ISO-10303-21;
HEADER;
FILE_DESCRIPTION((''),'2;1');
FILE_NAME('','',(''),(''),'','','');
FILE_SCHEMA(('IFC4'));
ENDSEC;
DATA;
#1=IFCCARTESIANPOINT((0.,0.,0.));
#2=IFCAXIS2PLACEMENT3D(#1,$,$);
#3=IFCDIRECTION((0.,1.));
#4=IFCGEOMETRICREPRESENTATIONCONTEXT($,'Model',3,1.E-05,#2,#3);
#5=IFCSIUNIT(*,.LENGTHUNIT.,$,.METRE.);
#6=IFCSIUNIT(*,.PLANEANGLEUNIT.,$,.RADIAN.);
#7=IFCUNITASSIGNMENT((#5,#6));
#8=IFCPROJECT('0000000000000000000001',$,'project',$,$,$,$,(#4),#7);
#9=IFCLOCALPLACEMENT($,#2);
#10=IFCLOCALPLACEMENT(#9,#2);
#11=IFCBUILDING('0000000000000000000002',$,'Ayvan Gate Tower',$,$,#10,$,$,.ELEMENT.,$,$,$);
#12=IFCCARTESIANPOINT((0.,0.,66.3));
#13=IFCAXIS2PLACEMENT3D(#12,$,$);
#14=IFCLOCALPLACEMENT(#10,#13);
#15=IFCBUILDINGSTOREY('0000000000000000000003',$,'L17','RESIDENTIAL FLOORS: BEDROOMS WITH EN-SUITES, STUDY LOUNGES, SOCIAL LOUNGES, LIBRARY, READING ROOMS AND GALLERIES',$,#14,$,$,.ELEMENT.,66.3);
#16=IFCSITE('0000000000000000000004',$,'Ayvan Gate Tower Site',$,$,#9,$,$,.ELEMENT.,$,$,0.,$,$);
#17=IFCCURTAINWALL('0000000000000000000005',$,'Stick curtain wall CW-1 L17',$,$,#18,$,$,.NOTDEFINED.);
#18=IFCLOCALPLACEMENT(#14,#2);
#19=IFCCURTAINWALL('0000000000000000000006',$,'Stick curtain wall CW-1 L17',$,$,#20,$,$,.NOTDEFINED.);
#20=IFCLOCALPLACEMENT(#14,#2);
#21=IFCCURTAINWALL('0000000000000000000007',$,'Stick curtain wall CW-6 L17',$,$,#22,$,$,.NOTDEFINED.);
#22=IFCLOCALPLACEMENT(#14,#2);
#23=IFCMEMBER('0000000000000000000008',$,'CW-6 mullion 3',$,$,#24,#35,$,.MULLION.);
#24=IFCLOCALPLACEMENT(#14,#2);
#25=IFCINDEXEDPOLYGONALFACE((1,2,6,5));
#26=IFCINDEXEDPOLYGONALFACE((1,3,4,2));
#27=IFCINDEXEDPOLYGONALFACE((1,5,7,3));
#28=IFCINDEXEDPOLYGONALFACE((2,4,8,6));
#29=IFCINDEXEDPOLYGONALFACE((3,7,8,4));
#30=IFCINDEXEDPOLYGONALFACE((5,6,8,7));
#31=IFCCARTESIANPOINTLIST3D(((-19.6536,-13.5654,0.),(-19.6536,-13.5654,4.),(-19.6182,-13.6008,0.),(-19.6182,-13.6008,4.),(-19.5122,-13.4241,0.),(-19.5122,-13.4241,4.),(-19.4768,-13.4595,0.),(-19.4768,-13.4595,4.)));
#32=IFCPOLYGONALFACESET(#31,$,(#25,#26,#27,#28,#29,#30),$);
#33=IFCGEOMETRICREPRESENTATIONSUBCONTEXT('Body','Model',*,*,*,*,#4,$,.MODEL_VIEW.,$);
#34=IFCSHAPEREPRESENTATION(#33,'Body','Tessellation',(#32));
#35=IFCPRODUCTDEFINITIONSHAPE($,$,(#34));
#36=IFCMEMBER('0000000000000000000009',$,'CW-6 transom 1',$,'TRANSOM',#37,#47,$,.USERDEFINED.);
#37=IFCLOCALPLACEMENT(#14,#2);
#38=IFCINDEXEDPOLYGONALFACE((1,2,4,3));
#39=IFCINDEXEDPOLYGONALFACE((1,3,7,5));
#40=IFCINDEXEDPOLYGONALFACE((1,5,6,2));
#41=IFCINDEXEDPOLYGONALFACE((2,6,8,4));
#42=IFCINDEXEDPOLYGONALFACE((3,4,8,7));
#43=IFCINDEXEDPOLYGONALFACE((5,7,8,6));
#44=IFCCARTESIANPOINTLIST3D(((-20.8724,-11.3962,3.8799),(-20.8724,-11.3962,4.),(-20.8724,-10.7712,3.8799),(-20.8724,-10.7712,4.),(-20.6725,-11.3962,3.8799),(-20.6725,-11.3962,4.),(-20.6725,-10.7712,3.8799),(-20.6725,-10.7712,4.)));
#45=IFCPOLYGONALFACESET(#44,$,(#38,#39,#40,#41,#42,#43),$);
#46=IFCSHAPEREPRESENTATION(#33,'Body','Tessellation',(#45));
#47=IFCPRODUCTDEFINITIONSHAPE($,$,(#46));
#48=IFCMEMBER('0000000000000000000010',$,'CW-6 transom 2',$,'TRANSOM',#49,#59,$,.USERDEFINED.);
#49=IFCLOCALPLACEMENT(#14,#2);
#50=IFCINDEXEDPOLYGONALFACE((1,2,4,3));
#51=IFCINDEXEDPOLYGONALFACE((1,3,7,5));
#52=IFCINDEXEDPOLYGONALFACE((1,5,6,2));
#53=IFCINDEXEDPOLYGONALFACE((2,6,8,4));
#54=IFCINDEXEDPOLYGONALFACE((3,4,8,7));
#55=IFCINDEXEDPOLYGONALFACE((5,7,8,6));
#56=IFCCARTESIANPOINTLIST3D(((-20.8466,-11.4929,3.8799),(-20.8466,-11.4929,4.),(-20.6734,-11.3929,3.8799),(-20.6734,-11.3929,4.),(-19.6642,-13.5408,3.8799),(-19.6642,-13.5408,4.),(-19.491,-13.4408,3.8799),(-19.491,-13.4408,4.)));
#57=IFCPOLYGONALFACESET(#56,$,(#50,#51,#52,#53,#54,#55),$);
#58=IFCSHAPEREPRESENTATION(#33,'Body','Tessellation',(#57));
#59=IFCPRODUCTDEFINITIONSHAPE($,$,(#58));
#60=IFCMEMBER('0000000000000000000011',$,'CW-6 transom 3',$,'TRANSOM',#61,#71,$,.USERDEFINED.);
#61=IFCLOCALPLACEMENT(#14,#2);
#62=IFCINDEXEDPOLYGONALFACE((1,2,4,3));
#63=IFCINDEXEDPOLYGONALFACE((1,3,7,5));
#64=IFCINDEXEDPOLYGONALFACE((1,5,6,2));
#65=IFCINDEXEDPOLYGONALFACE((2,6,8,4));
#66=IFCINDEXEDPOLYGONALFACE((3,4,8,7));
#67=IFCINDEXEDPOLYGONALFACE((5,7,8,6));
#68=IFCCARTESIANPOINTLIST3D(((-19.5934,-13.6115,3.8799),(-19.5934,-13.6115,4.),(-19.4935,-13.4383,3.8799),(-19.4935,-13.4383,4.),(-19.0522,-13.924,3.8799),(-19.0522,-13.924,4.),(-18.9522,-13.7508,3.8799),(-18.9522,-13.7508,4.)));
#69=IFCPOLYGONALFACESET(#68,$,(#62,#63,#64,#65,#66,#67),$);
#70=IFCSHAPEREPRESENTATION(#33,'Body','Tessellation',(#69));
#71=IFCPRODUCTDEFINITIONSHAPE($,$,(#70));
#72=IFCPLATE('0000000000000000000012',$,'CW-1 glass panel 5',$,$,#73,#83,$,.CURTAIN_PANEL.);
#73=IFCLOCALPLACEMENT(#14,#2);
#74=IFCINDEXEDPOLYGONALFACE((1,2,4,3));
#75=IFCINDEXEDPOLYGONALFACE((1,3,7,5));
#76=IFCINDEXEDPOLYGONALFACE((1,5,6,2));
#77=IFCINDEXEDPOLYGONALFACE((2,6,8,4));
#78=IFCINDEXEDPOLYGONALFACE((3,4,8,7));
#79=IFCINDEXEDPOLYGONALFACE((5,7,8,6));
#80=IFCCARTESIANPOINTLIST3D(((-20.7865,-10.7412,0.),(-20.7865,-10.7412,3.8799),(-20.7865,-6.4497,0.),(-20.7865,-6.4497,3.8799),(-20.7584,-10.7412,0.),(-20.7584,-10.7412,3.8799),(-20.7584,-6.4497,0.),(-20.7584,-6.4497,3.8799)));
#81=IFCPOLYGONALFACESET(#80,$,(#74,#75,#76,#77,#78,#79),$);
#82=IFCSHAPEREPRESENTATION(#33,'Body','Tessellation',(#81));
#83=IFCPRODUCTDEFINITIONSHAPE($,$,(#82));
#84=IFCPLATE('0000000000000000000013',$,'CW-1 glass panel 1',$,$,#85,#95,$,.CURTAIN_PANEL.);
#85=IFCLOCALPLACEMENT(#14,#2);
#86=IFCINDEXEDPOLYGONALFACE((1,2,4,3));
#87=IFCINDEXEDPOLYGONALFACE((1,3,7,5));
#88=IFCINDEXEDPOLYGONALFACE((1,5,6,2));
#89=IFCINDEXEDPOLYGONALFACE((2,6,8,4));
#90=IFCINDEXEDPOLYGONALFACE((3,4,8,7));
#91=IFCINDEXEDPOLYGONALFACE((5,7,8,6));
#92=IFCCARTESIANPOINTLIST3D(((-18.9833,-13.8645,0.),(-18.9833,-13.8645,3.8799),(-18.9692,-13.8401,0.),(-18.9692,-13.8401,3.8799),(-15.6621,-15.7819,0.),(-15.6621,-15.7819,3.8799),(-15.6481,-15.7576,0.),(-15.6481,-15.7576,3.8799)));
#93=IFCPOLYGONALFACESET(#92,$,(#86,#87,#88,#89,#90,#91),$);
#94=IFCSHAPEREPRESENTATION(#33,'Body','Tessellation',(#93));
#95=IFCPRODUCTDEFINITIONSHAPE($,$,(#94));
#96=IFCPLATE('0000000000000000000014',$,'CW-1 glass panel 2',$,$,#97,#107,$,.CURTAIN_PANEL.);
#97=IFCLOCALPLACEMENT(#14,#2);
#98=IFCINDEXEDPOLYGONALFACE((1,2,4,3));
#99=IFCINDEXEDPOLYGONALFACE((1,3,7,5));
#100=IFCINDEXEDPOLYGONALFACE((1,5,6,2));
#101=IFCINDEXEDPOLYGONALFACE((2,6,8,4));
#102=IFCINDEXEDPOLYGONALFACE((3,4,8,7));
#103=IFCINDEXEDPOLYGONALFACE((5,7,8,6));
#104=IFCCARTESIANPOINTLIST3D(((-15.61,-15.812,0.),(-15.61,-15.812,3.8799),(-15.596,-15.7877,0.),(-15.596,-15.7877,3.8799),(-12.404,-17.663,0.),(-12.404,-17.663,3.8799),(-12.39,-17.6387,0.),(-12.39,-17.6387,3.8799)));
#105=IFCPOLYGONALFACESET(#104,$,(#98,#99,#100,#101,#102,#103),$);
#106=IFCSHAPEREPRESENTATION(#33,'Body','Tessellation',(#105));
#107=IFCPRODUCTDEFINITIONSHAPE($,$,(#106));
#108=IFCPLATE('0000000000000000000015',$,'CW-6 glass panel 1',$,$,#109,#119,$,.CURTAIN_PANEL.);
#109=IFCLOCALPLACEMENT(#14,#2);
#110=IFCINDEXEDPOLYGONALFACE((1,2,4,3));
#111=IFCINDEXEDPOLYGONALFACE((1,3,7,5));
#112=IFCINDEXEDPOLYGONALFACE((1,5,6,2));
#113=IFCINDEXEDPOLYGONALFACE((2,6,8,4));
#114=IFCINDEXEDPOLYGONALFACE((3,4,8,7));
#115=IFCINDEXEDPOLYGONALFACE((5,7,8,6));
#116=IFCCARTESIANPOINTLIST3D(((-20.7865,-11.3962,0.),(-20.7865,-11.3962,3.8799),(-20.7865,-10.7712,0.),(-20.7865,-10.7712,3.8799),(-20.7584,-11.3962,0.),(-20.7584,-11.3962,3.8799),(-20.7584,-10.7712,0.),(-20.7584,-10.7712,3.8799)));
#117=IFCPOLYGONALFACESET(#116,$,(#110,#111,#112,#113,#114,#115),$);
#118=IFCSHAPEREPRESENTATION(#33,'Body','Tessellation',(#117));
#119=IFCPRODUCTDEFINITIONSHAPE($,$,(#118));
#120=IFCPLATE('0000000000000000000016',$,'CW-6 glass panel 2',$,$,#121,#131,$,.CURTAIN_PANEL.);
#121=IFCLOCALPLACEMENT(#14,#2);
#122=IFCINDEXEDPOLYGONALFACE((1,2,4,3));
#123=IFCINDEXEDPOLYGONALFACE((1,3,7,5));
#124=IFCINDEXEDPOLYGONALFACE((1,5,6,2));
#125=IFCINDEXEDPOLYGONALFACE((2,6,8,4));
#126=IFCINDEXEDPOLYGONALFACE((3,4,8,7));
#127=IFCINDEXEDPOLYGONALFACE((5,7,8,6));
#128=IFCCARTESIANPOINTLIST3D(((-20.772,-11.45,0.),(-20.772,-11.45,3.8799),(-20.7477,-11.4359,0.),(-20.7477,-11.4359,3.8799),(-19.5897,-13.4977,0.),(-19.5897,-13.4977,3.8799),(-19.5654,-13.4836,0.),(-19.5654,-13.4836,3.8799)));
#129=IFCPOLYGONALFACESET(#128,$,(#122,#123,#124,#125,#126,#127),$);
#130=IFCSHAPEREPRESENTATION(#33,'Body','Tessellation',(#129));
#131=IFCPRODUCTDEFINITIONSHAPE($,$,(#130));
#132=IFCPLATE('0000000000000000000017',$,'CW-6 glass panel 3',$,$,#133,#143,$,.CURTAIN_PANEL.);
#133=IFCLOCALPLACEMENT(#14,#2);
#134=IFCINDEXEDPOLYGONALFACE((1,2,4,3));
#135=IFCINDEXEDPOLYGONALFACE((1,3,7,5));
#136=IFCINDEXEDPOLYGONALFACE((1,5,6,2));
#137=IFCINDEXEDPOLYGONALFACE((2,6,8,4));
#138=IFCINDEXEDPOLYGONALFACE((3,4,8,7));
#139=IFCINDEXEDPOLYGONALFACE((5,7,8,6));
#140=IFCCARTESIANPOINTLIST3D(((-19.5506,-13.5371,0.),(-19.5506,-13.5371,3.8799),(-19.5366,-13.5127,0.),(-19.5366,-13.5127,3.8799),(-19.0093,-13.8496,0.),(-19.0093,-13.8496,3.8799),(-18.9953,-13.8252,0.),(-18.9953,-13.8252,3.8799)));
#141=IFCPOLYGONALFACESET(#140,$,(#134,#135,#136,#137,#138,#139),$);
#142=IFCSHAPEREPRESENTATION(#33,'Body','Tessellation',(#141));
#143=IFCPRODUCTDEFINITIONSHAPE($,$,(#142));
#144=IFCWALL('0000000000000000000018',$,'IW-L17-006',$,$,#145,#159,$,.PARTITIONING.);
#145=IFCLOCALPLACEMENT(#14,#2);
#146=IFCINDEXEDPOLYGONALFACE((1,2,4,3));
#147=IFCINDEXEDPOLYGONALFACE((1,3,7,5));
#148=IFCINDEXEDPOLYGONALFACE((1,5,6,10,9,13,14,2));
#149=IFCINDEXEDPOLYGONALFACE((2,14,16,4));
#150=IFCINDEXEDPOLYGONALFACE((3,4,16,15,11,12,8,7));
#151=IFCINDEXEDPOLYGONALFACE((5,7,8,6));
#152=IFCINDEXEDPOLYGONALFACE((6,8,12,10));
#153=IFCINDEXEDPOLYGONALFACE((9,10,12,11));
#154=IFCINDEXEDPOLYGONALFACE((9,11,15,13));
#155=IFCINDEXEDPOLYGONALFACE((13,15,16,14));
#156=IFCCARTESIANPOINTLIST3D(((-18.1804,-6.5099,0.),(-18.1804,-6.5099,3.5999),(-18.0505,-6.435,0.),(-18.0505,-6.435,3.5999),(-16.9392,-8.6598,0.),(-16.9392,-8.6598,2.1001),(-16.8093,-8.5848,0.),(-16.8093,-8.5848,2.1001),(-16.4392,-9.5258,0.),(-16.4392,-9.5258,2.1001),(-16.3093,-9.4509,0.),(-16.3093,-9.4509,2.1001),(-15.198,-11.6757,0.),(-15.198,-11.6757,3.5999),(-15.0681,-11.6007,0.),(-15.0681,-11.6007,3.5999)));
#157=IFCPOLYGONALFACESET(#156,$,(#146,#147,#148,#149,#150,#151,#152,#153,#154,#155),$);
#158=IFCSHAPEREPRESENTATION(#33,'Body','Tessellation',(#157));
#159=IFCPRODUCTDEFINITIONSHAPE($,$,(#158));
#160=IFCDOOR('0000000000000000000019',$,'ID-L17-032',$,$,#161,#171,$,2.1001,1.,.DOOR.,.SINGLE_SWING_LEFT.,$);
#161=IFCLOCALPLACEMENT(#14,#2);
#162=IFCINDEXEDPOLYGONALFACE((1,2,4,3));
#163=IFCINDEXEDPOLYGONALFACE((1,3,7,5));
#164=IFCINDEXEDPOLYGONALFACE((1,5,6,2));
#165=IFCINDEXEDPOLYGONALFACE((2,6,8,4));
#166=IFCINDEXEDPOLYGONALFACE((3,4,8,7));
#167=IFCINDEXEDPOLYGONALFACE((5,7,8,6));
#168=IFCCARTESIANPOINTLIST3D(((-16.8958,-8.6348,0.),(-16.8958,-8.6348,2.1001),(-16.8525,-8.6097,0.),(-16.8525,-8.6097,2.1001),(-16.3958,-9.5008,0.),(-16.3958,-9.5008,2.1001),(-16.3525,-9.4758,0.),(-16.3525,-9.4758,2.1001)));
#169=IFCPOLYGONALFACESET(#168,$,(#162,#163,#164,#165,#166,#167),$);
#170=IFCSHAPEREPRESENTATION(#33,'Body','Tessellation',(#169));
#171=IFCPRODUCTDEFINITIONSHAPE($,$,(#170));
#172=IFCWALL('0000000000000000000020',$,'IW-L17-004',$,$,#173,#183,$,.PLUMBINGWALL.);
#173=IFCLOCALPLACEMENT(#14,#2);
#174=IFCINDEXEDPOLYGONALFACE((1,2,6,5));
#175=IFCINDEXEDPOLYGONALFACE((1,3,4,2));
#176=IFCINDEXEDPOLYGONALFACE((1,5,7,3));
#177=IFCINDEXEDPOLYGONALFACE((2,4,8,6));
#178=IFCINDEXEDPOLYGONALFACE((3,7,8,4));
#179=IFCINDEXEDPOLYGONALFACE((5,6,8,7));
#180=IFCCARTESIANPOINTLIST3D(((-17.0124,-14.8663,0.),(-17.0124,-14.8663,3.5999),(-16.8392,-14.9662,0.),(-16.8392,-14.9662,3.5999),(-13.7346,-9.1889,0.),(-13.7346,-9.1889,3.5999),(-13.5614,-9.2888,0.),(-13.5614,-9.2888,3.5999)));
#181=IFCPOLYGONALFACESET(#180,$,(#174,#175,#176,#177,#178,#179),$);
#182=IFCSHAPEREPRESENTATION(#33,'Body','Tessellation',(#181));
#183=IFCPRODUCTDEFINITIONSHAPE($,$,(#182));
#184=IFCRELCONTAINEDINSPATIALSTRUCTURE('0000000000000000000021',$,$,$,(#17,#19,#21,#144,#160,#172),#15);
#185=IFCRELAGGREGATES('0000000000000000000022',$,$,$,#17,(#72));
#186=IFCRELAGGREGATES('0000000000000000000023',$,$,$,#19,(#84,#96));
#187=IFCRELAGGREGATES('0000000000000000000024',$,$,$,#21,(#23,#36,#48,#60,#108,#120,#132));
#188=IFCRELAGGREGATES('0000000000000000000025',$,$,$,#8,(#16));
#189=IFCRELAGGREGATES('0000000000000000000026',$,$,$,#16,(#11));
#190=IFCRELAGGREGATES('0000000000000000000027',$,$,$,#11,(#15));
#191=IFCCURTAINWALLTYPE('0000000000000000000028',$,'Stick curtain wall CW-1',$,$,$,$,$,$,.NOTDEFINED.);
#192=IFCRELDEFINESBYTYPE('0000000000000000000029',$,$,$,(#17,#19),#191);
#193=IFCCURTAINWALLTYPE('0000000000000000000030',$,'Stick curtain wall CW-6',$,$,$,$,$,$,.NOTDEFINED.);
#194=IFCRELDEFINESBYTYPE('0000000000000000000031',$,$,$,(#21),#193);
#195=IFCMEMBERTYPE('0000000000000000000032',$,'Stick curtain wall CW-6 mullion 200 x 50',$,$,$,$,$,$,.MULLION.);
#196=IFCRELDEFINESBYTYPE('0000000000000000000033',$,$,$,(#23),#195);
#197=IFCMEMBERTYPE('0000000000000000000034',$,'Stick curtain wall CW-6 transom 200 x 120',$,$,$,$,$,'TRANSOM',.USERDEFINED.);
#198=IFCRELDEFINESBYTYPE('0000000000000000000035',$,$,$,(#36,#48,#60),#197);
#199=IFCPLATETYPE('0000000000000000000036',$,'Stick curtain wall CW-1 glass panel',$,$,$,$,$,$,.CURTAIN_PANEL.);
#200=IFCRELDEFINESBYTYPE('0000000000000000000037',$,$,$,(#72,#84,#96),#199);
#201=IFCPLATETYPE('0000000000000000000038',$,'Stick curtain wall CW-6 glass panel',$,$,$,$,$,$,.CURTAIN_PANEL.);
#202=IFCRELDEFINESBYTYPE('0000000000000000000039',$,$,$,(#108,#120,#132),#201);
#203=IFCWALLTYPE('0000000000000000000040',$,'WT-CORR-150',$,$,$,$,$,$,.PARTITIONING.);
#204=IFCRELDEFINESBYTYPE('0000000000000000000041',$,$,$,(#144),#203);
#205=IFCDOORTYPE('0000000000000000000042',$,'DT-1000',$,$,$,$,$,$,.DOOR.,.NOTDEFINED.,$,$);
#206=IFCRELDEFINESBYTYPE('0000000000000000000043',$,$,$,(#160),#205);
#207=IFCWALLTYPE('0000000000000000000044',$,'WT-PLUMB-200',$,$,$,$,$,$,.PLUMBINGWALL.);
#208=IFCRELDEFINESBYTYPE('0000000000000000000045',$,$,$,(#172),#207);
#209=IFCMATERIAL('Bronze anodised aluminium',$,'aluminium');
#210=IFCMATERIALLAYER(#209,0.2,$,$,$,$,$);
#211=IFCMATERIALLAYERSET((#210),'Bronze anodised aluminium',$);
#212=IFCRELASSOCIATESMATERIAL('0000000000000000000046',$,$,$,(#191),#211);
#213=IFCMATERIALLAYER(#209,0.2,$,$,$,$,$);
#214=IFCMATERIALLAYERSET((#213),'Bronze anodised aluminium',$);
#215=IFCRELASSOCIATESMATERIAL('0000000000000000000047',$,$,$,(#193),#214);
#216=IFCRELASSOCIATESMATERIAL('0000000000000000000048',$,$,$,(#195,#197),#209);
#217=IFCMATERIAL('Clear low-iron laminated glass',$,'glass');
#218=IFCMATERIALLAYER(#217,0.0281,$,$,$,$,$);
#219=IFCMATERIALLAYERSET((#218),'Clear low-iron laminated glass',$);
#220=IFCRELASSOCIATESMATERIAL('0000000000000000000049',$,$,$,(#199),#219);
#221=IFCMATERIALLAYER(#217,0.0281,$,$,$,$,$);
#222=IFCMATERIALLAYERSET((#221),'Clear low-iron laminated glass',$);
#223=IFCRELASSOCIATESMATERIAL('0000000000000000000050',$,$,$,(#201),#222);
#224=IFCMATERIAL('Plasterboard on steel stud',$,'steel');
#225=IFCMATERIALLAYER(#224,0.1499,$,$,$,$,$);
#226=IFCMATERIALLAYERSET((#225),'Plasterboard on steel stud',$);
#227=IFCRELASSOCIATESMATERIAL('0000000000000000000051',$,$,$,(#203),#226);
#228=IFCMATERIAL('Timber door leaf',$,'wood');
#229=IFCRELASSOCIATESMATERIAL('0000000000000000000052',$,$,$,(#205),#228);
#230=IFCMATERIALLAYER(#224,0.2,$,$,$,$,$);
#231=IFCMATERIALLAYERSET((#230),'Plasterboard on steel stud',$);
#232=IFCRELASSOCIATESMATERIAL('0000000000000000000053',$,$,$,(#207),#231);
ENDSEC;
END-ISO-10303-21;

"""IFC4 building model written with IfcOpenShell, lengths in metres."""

from ifc_helpers import new_model, si_unit, direction, frame, frame_2d, origin, origin_2d, place, context, subcontext, project, spatial, rectangle, extrude, material, layer, layer_set, material_profile, profile_set, type_object, element, fill, aggregate, save


model = new_model("IFC4")

# Units and contexts
model_context = context("Model", 3, precision=1e-05, world=origin(), true_north=direction((0.0, 1.0)))
body_context = subcontext(model_context, "Body", "Model", "MODEL_VIEW")
ifc_project = project(units=[si_unit("LENGTHUNIT", "METRE"), si_unit("PLANEANGLEUNIT", "RADIAN")], contexts=[model_context])

# Site, building, storey
site_placement = place(None, origin())
site = spatial("IfcSite", under=ifc_project, at=site_placement, Name="Ayvan Gate Tower Site", CompositionType="ELEMENT", RefElevation=0.0)
building_placement = place(site_placement, origin())
building = spatial("IfcBuilding", under=site, at=building_placement, Name="Ayvan Gate Tower", CompositionType="ELEMENT")
storey_placement = place(building_placement, frame((0.0, 0.0, 66.3)))
storey = spatial("IfcBuildingStorey", under=building, at=storey_placement, Name="L17", Description="RESIDENTIAL FLOORS: BEDROOMS WITH EN-SUITES, STUDY LOUNGES, SOCIAL LOUNGES, LIBRARY, READING ROOMS AND GALLERIES", CompositionType="ELEMENT", Elevation=66.3)

# Curtain wall
ifc_material_1 = material(Name="Bronze anodised aluminium", Category="aluminium")
ifc_layer_1 = layer(ifc_material_1, 0.2)
ifc_layer_set_1 = layer_set([ifc_layer_1], Name="Bronze anodised aluminium")
curtain_wall_type_1 = type_object("IfcCurtainWallType", Name="Stick curtain wall CW-1", PredefinedType="NOTDEFINED", material=ifc_layer_set_1)
curtain_wall_1_placement = place(storey_placement, origin())
curtain_wall_1 = element("IfcCurtainWall", 1, at=curtain_wall_1_placement, inside=storey, type_object=curtain_wall_type_1, Name="Stick curtain wall CW-1 L17", PredefinedType="NOTDEFINED")

# Curtain walls, members
curtain_wall_2_placement = place(storey_placement, origin())
curtain_wall_2 = element("IfcCurtainWall", 2, at=curtain_wall_2_placement, inside=storey, type_object=curtain_wall_type_1, Name="Stick curtain wall CW-1 L17", PredefinedType="NOTDEFINED")
ifc_layer_2 = layer(ifc_material_1, 0.2)
ifc_layer_set_2 = layer_set([ifc_layer_2], Name="Bronze anodised aluminium")
curtain_wall_type_2 = type_object("IfcCurtainWallType", Name="Stick curtain wall CW-6", PredefinedType="NOTDEFINED", material=ifc_layer_set_2)
curtain_wall_3_placement = place(storey_placement, origin())
curtain_wall_3 = element("IfcCurtainWall", 3, at=curtain_wall_3_placement, inside=storey, type_object=curtain_wall_type_2, Name="Stick curtain wall CW-6 L17", PredefinedType="NOTDEFINED")
ifc_material_profile_1 = material_profile(ifc_material_1, rectangle(XDim=0.2, YDim=0.05, at=origin_2d()), Name="Stick curtain wall CW-6 mullion 200 x 50")
ifc_profile_set_1 = profile_set([ifc_material_profile_1], Name="Bronze anodised aluminium")
member_type_1 = type_object("IfcMemberType", Name="Stick curtain wall CW-6 mullion 200 x 50", PredefinedType="MULLION", material=ifc_profile_set_1)
member_1_placement = place(storey_placement, frame((-19.5652, -13.5125, 0.0), z_axis=(0.0, 0.0, 1.0), x_axis=(-0.707107, -0.707107, 0.0)))
member_1 = element("IfcMember", 4, at=member_1_placement, type_object=member_type_1, Name="CW-6 mullion 3", PredefinedType="MULLION", context=body_context, shape_type="SweptSolid", body=[
    extrude(rectangle(XDim=0.2, YDim=0.05, at=origin_2d()), origin(), (0.0, 0.0, 1.0), 4.0),
])
ifc_material_profile_2 = material_profile(ifc_material_1, rectangle(XDim=0.2, YDim=0.1201, at=origin_2d()), Name="Stick curtain wall CW-6 transom 200 x 120")
ifc_profile_set_2 = profile_set([ifc_material_profile_2], Name="Bronze anodised aluminium")
member_type_2 = type_object("IfcMemberType", Name="Stick curtain wall CW-6 transom 200 x 120", ElementType="TRANSOM", PredefinedType="USERDEFINED", material=ifc_profile_set_2)
member_2_placement = place(storey_placement, frame((-20.7725, -10.7712, 3.9399), z_axis=(0.0, -1.0, 0.0), x_axis=(1.0, 0.0, 0.0)))
member_2 = element("IfcMember", 5, at=member_2_placement, type_object=member_type_2, Name="CW-6 transom 1", ObjectType="TRANSOM", PredefinedType="USERDEFINED", context=body_context, shape_type="SweptSolid", body=[
    extrude(rectangle(XDim=0.2, YDim=0.1201, at=origin_2d()), origin(), (0.0, 0.0, 1.0), 0.625),
])
member_3_placement = place(storey_placement, frame((-20.76, -11.4429, 3.9399), z_axis=(0.500014, -0.866017, 0.0), x_axis=(0.866017, 0.500014, 0.0)))
member_3 = element("IfcMember", 6, at=member_3_placement, type_object=member_type_2, Name="CW-6 transom 2", ObjectType="TRANSOM", PredefinedType="USERDEFINED", context=body_context, shape_type="SweptSolid", body=[
    extrude(rectangle(XDim=0.2, YDim=0.1201, at=origin_2d()), origin(), (0.0, 0.0, 1.0), 2.3647),
])
member_4_placement = place(storey_placement, frame((-19.5435, -13.5249, 3.9399), z_axis=(0.866023, -0.500004, 0.0), x_axis=(0.500004, 0.866023, 0.0)))
member_4 = element("IfcMember", 7, at=member_4_placement, type_object=member_type_2, Name="CW-6 transom 3", ObjectType="TRANSOM", PredefinedType="USERDEFINED", context=body_context, shape_type="SweptSolid", body=[
    extrude(rectangle(XDim=0.2, YDim=0.1201, at=origin_2d()), origin(), (0.0, 0.0, 1.0), 0.625),
])

# Plates
ifc_material_2 = material(Name="Clear low-iron laminated glass", Category="glass")
ifc_layer_3 = layer(ifc_material_2, 0.0281)
ifc_layer_set_3 = layer_set([ifc_layer_3], Name="Clear low-iron laminated glass")
plate_type_1 = type_object("IfcPlateType", Name="Stick curtain wall CW-1 glass panel", PredefinedType="CURTAIN_PANEL", material=ifc_layer_set_3)
plate_1_placement = place(storey_placement, frame((-20.7725, -8.5955, 0.0), z_axis=(0.0, 0.0, 1.0), x_axis=(0.0, -1.0, 0.0)))
plate_1 = element("IfcPlate", 8, at=plate_1_placement, type_object=plate_type_1, Name="CW-1 glass panel 5", PredefinedType="CURTAIN_PANEL", context=body_context, shape_type="SweptSolid", body=[
    extrude(rectangle(XDim=4.2915, YDim=0.0281, at=origin_2d()), origin(), (0.0, 0.0, 1.0), 3.8799),
])
aggregate(curtain_wall_1, [plate_1])
plate_2_placement = place(storey_placement, frame((-17.3157, -14.811, 0.0), z_axis=(0.0, 0.0, 1.0), x_axis=(0.866025, -0.5, 0.0)))
plate_2 = element("IfcPlate", 9, at=plate_2_placement, type_object=plate_type_1, Name="CW-1 glass panel 1", PredefinedType="CURTAIN_PANEL", context=body_context, shape_type="SweptSolid", body=[
    extrude(rectangle(XDim=3.835, YDim=0.0281, at=origin_2d()), origin(), (0.0, 0.0, 1.0), 3.8799),
])
plate_3_placement = place(storey_placement, frame((-14.0, -16.7253, 0.0), z_axis=(0.0, 0.0, 1.0), x_axis=(0.866025, -0.5, 0.0)))
plate_3 = element("IfcPlate", 10, at=plate_3_placement, type_object=plate_type_1, Name="CW-1 glass panel 2", PredefinedType="CURTAIN_PANEL", context=body_context, shape_type="SweptSolid", body=[
    extrude(rectangle(XDim=3.7019, YDim=0.0281, at=origin_2d()), origin(), (0.0, 0.0, 1.0), 3.8799),
])
aggregate(curtain_wall_2, [plate_2, plate_3])
ifc_layer_4 = layer(ifc_material_2, 0.0281)
ifc_layer_set_4 = layer_set([ifc_layer_4], Name="Clear low-iron laminated glass")
plate_type_2 = type_object("IfcPlateType", Name="Stick curtain wall CW-6 glass panel", PredefinedType="CURTAIN_PANEL", material=ifc_layer_set_4)
plate_4_placement = place(storey_placement, frame((-20.7725, -11.0837, 0.0), z_axis=(0.0, 0.0, 1.0), x_axis=(0.0, -1.0, 0.0)))
plate_4 = element("IfcPlate", 11, at=plate_4_placement, type_object=plate_type_2, Name="CW-6 glass panel 1", PredefinedType="CURTAIN_PANEL", context=body_context, shape_type="SweptSolid", body=[
    extrude(rectangle(XDim=0.625, YDim=0.0281, at=origin_2d()), origin(), (0.0, 0.0, 1.0), 3.8799),
])
plate_5_placement = place(storey_placement, frame((-20.1687, -12.4668, 0.0), z_axis=(0.0, 0.0, 1.0), x_axis=(0.5, -0.866025, 0.0)))
plate_5 = element("IfcPlate", 12, at=plate_5_placement, type_object=plate_type_2, Name="CW-6 glass panel 2", PredefinedType="CURTAIN_PANEL", context=body_context, shape_type="SweptSolid", body=[
    extrude(rectangle(XDim=2.3645, YDim=0.0281, at=origin_2d()), origin(), (0.0, 0.0, 1.0), 3.8799),
])
plate_6_placement = place(storey_placement, frame((-19.2729, -13.6812, 0.0), z_axis=(0.0, 0.0, 1.0), x_axis=(0.866025, -0.5, 0.0)))
plate_6 = element("IfcPlate", 13, at=plate_6_placement, type_object=plate_type_2, Name="CW-6 glass panel 3", PredefinedType="CURTAIN_PANEL", context=body_context, shape_type="SweptSolid", body=[
    extrude(rectangle(XDim=0.625, YDim=0.0281, at=origin_2d()), origin(), (0.0, 0.0, 1.0), 3.8799),
])
aggregate(curtain_wall_3, [member_1, member_2, member_3, member_4, plate_4, plate_5, plate_6])

# Wall, opening, door
ifc_material_3 = material(Name="Plasterboard on steel stud", Category="steel")
ifc_layer_5 = layer(ifc_material_3, 0.1499)
ifc_layer_set_5 = layer_set([ifc_layer_5], Name="Plasterboard on steel stud")
wall_type_1 = type_object("IfcWallType", Name="WT-CORR-150", PredefinedType="PARTITIONING", material=ifc_layer_set_5)
wall_1_placement = place(storey_placement, frame((-15.1331, -11.6382, 0.0), z_axis=(0.0, 0.0, 1.0), x_axis=(-0.499995, 0.866028, 0.0)))
wall_1 = element("IfcWall", 14, at=wall_1_placement, inside=storey, type_object=wall_type_1, Name="IW-L17-006", PredefinedType="PARTITIONING", context=body_context, shape_type="SweptSolid", body=[
    extrude(rectangle(XDim=5.9648, YDim=0.1499, at=frame_2d((2.9824, 0.0))), origin(), (0.0, 0.0, 1.0), 3.5999),
])
opening_placement = place(wall_1_placement, frame((2.4824, 0.0, 0.0)))
opening = element("IfcOpeningElement", 15, at=opening_placement, cuts=wall_1, PredefinedType="OPENING", context=body_context, shape_type="SweptSolid", body=[
    extrude(rectangle(XDim=1.0, YDim=2.1001, at=frame_2d((0.5, 1.05))), frame((0.0, 0.085, 0.0), z_axis=(0.0, -1.0, 0.0), x_axis=(1.0, 0.0, 0.0)), (0.0, 0.0, 1.0), 0.1699),
])
ifc_material_4 = material(Name="Timber door leaf", Category="wood")
door_type = type_object("IfcDoorType", Name="DT-1000", OperationType="NOTDEFINED", PredefinedType="DOOR", material=ifc_material_4)
door_placement = place(opening_placement, origin())
door = element("IfcDoor", 16, at=door_placement, inside=storey, type_object=door_type, Name="ID-L17-032", OperationType="SINGLE_SWING_LEFT", OverallHeight=2.1001, OverallWidth=1.0, PredefinedType="DOOR", context=body_context, shape_type="SweptSolid", body=[
    extrude(rectangle(XDim=1.0, YDim=2.1001, at=frame_2d((0.5, 1.05))), frame((0.0, 0.0249, 0.0), z_axis=(0.0, -1.0, 0.0), x_axis=(1.0, 0.0, 0.0)), (0.0, 0.0, 1.0), 0.05),
])
fill(opening, door)

# Wall
ifc_layer_6 = layer(ifc_material_3, 0.2)
ifc_layer_set_6 = layer_set([ifc_layer_6], Name="Plasterboard on steel stud")
wall_type_2 = type_object("IfcWallType", Name="WT-PLUMB-200", PredefinedType="PLUMBINGWALL", material=ifc_layer_set_6)
wall_2_placement = place(storey_placement, frame((-16.9258, -14.9163, 0.0), z_axis=(0.0, 0.0, 1.0), x_axis=(0.499992, 0.86603, 0.0)))
element("IfcWall", 17, at=wall_2_placement, inside=storey, type_object=wall_type_2, Name="IW-L17-004", PredefinedType="PLUMBINGWALL", context=body_context, shape_type="SweptSolid", body=[
    extrude(rectangle(XDim=6.5557, YDim=0.2, at=frame_2d((3.2778, 0.0))), origin(), (0.0, 0.0, 1.0), 3.5999),
])

save(model, "model.ifc")
